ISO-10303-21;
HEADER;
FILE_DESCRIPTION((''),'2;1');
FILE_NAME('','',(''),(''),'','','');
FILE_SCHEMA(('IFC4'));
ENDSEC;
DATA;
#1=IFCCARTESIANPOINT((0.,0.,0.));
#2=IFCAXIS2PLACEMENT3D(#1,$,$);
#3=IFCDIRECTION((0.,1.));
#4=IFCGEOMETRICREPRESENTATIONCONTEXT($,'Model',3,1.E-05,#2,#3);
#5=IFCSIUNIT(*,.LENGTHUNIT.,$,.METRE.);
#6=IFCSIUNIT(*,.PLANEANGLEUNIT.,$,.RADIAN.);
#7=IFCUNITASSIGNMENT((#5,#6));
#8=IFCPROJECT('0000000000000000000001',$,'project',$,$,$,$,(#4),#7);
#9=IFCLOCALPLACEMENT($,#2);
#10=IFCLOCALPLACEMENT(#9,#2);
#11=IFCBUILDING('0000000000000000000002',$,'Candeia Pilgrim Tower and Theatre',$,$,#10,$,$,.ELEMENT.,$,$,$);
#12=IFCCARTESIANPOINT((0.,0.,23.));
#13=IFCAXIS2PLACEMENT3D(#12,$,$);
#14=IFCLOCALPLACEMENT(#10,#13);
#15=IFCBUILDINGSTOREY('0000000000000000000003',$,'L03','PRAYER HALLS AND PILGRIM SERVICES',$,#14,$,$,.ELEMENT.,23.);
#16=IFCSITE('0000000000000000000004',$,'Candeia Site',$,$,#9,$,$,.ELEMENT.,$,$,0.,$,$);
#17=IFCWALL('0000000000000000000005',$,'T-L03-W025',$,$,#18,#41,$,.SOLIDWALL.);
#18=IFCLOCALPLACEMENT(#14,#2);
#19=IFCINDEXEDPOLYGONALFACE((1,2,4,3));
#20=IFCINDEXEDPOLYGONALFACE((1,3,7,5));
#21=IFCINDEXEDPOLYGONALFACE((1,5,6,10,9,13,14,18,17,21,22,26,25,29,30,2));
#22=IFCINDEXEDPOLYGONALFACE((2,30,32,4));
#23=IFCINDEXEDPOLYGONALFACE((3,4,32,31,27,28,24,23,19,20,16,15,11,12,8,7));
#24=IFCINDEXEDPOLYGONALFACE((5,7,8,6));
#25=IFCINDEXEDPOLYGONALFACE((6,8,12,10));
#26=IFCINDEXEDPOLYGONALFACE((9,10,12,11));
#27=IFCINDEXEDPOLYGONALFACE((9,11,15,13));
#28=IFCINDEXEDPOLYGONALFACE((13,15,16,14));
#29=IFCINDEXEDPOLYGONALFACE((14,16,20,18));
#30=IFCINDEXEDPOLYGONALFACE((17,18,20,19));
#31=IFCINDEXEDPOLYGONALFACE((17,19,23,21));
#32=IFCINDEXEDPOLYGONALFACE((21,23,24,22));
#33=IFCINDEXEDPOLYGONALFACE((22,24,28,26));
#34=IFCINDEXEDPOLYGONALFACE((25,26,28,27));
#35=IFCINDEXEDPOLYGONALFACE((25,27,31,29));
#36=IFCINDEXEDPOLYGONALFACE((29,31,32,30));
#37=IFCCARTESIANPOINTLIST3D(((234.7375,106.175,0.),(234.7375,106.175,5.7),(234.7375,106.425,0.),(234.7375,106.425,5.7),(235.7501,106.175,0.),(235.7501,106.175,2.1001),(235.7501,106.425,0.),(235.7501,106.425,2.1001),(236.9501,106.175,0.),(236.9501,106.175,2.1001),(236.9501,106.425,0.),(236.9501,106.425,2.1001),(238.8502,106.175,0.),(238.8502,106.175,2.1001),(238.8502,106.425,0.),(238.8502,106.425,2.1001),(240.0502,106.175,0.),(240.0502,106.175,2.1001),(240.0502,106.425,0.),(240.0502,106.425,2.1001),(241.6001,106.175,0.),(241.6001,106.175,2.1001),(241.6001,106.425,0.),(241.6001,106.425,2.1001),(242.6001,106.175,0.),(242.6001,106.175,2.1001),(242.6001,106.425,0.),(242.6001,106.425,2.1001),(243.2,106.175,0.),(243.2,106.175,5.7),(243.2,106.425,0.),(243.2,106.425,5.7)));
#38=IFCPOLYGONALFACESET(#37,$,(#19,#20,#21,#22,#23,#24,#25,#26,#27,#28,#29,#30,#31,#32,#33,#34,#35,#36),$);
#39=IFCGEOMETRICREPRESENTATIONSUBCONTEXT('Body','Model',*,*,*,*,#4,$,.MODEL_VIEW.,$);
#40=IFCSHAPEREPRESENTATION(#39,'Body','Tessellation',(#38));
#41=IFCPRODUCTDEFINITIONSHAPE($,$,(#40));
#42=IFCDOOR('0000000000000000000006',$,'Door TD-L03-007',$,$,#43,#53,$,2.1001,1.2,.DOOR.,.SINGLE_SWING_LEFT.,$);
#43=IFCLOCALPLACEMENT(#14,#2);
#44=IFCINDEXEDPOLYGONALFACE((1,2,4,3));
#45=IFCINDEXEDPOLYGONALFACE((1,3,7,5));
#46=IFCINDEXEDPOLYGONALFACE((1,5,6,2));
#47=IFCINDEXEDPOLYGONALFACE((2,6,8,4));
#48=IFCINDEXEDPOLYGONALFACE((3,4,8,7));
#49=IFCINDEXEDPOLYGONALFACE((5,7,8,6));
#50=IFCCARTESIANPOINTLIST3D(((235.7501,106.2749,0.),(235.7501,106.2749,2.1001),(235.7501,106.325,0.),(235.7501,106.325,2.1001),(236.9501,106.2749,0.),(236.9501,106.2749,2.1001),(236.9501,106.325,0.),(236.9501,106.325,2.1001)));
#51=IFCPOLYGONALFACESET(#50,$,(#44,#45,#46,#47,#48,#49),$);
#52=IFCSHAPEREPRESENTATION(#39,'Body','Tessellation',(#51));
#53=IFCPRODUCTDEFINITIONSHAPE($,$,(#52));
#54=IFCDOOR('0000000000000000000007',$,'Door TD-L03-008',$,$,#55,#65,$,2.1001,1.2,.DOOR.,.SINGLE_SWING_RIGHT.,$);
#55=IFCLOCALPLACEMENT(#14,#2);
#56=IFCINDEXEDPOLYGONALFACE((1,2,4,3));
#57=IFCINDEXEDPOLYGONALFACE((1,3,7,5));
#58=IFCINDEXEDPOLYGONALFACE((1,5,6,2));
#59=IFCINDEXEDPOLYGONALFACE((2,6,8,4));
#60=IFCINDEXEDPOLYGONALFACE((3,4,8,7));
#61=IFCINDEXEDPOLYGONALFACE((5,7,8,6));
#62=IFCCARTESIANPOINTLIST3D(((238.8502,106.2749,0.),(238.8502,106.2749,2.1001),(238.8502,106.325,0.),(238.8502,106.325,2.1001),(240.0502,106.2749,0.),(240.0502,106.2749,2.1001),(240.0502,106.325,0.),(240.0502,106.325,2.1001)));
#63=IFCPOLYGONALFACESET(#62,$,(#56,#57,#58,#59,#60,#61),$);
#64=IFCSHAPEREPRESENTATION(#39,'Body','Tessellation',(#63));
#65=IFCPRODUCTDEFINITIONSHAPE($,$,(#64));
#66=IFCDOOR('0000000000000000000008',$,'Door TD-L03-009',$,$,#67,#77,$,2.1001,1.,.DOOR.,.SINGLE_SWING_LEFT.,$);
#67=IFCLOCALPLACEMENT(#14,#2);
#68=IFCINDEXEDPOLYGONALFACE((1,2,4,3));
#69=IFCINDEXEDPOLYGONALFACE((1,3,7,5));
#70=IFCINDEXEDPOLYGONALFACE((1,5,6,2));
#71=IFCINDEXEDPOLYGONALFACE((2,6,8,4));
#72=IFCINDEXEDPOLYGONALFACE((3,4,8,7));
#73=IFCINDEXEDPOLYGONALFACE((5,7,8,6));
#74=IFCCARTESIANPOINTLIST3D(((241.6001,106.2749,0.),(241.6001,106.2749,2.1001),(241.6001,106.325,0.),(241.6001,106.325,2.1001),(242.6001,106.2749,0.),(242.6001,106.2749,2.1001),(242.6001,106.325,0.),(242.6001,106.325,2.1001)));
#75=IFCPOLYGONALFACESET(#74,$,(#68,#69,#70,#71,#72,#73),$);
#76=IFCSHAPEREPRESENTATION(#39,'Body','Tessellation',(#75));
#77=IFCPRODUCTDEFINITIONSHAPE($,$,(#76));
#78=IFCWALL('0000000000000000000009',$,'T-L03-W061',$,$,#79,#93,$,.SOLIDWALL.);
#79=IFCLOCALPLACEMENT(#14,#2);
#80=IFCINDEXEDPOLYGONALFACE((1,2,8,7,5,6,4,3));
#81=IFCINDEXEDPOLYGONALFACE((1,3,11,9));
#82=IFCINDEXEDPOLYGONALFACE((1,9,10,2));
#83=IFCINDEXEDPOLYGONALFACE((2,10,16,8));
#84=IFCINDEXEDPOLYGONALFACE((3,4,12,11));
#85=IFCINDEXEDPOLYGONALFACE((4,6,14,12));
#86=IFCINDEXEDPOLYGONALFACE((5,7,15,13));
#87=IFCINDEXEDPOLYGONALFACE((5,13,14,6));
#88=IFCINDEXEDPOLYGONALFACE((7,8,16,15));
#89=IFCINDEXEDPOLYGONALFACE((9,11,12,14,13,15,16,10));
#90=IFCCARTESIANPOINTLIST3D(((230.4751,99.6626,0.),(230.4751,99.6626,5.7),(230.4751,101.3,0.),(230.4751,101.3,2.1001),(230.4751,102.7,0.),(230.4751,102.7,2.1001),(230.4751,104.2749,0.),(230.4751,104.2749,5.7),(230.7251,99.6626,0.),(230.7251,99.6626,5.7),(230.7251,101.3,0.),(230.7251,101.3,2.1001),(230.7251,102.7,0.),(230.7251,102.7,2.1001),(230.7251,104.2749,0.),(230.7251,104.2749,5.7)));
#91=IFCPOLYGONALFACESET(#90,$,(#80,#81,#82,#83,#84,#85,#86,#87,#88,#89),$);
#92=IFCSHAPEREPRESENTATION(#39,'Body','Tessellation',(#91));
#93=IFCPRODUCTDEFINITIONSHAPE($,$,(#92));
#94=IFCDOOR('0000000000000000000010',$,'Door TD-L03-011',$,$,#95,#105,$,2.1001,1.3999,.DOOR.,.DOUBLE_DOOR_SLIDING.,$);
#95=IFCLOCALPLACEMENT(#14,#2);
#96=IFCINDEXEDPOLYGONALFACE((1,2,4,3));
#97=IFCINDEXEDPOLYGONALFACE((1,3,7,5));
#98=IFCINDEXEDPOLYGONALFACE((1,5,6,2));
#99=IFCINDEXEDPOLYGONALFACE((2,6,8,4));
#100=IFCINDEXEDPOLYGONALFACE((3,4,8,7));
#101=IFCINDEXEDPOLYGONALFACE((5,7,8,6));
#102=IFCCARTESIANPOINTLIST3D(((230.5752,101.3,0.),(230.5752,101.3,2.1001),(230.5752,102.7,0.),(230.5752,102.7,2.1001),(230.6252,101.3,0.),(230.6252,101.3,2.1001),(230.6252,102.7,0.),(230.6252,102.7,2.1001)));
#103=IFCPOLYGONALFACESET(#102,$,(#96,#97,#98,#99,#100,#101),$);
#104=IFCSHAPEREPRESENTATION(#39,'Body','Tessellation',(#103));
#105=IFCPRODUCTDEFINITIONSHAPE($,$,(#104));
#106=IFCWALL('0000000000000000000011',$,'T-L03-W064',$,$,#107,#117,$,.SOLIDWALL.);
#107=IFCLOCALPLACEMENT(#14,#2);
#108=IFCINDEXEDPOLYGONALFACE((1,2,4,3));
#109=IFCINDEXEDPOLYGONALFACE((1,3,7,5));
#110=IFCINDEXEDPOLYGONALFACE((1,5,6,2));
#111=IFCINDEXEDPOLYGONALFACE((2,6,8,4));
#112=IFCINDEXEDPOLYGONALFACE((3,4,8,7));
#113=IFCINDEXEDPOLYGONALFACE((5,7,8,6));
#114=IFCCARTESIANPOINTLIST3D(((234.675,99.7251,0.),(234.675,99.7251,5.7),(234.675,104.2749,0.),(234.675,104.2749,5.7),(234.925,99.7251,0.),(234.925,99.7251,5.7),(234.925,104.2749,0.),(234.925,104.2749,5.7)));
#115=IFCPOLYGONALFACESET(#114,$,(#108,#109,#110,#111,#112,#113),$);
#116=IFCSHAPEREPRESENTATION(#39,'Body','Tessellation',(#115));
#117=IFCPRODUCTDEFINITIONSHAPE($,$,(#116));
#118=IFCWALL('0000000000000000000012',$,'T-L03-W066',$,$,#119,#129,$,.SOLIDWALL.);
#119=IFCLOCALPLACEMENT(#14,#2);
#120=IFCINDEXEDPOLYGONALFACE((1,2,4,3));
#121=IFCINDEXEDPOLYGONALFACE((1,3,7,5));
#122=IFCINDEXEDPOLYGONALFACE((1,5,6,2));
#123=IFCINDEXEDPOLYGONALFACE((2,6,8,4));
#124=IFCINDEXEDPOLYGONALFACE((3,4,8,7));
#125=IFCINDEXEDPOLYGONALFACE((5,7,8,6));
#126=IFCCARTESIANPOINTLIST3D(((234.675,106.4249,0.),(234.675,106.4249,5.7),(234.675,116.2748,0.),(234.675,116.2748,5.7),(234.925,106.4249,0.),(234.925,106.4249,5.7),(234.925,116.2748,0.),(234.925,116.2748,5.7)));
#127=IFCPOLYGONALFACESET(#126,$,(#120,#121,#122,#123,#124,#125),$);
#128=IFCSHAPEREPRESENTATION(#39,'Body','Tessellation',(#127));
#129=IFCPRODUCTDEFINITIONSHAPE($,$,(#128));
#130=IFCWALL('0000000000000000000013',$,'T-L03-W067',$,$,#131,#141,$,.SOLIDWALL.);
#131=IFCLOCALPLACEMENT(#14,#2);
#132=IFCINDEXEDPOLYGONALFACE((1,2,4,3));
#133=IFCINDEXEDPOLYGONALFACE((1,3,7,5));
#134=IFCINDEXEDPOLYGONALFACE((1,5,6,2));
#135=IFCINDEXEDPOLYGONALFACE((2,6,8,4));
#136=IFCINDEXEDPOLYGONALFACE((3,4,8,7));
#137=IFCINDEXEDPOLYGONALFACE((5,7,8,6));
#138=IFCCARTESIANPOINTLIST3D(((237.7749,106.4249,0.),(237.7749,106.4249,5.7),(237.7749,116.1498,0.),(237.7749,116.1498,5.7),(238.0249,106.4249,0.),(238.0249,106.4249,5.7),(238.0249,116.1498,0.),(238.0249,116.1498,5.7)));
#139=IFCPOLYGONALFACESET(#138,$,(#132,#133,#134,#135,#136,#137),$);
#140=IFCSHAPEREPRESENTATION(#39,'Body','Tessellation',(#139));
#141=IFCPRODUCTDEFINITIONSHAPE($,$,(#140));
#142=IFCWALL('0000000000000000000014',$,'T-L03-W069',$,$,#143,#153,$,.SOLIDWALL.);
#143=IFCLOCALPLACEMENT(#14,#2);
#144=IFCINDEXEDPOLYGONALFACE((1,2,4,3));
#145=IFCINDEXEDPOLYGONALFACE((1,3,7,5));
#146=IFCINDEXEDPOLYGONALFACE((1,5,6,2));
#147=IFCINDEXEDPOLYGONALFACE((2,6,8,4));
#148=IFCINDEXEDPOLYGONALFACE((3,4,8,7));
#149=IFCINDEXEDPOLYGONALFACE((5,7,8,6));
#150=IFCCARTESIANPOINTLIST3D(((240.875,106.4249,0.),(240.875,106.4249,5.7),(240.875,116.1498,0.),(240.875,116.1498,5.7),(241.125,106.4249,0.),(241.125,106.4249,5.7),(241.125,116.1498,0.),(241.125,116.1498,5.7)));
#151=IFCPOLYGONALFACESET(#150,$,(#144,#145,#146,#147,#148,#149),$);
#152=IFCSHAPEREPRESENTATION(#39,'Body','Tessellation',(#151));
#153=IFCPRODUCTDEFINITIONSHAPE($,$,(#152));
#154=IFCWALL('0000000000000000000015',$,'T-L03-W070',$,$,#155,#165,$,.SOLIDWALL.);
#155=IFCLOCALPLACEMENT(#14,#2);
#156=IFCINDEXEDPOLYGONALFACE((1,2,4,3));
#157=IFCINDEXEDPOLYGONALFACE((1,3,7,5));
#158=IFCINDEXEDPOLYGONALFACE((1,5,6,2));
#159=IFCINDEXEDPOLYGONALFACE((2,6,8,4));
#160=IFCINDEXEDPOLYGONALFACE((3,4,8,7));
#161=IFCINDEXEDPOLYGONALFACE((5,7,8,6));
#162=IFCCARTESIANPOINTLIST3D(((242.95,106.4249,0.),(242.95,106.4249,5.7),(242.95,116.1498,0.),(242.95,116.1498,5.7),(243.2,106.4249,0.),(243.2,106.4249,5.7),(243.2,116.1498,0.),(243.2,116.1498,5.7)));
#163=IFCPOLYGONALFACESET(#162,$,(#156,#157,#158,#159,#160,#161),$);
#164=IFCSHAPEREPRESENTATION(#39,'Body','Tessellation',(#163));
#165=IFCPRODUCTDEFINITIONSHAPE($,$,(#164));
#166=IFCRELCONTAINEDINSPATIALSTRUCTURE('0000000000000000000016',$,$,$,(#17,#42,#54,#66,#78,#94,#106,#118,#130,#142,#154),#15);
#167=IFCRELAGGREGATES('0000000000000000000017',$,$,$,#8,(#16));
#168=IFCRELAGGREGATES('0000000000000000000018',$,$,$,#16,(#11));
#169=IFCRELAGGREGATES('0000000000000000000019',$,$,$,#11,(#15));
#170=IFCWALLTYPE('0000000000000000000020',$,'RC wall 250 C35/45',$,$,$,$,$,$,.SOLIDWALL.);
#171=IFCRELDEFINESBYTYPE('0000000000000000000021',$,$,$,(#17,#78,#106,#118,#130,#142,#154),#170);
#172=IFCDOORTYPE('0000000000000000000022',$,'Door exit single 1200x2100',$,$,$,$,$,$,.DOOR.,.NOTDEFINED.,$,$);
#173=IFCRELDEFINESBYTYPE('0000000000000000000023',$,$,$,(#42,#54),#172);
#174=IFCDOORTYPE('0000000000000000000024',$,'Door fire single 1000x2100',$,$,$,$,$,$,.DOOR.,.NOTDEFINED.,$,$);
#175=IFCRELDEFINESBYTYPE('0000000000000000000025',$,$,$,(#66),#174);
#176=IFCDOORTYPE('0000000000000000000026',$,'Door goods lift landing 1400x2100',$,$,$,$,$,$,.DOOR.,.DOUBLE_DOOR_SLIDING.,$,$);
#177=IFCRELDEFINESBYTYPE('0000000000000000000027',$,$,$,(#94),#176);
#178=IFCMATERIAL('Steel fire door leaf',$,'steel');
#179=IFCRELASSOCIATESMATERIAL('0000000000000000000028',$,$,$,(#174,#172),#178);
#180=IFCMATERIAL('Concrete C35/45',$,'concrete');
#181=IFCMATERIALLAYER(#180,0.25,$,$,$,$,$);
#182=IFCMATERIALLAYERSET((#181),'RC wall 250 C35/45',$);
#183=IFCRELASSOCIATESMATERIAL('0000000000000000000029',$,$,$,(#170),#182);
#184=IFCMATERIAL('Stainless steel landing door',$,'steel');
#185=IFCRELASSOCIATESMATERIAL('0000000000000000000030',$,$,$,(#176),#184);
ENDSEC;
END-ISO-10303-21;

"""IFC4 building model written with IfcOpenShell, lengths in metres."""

from ifc_helpers import new_model, si_unit, direction, frame, frame_2d, origin, place, context, subcontext, project, spatial, rectangle, extrude, material, layer, layer_set, type_object, element, fill, save


model = new_model("IFC4")

# Units and contexts
model_context = context("Model", 3, precision=1e-05, world=origin(), true_north=direction((0.0, 1.0)))
body_context = subcontext(model_context, "Body", "Model", "MODEL_VIEW")
ifc_project = project(units=[si_unit("LENGTHUNIT", "METRE"), si_unit("PLANEANGLEUNIT", "RADIAN")], contexts=[model_context])

# Site, building, storey
site_placement = place(None, origin())
site = spatial("IfcSite", under=ifc_project, at=site_placement, Name="Candeia Site", CompositionType="ELEMENT", RefElevation=0.0)
building_placement = place(site_placement, origin())
building = spatial("IfcBuilding", under=site, at=building_placement, Name="Candeia Pilgrim Tower and Theatre", CompositionType="ELEMENT")
storey_placement = place(building_placement, frame((0.0, 0.0, 23.0)))
storey = spatial("IfcBuildingStorey", under=building, at=storey_placement, Name="L03", Description="PRAYER HALLS AND PILGRIM SERVICES", CompositionType="ELEMENT", Elevation=23.0)

# Shared definitions
ifc_material_1 = material(Name="Steel fire door leaf", Category="steel")
door_type_1 = type_object("IfcDoorType", Name="Door fire single 1000x2100", OperationType="NOTDEFINED", PredefinedType="DOOR", material=ifc_material_1)

# Shared definitions
ifc_material_2 = material(Name="Concrete C35/45", Category="concrete")
ifc_layer_1 = layer(ifc_material_2, 0.25)
ifc_layer_set_1 = layer_set([ifc_layer_1], Name="RC wall 250 C35/45")
wall_type_1 = type_object("IfcWallType", Name="RC wall 250 C35/45", PredefinedType="SOLIDWALL", material=ifc_layer_set_1)

# Wall, openings, doors
wall_1_placement = place(storey_placement, frame((234.7375, 106.3, 0.0), z_axis=(0.0, 0.0, 1.0), x_axis=(1.0, 0.0, 0.0)))
wall_1 = element("IfcWall", 1, at=wall_1_placement, inside=storey, type_object=wall_type_1, Name="T-L03-W025", PredefinedType="SOLIDWALL", context=body_context, shape_type="SweptSolid", body=[
    extrude(rectangle(XDim=8.4624, YDim=0.25, at=frame_2d((4.2312, 0.0))), origin(), (0.0, 0.0, 1.0), 5.7),
])
opening_1_placement = place(wall_1_placement, frame((1.0125, 0.0, 0.0)))
opening_1 = element("IfcOpeningElement", 2, at=opening_1_placement, cuts=wall_1, PredefinedType="OPENING", context=body_context, shape_type="SweptSolid", body=[
    extrude(rectangle(XDim=1.2, YDim=2.1001, at=frame_2d((0.6001, 1.05))), frame((0.0, 0.135, 0.0), z_axis=(0.0, -1.0, 0.0), x_axis=(1.0, 0.0, 0.0)), (0.0, 0.0, 1.0), 0.27),
])
opening_2_placement = place(wall_1_placement, frame((4.1125, 0.0, 0.0)))
opening_2 = element("IfcOpeningElement", 3, at=opening_2_placement, cuts=wall_1, PredefinedType="OPENING", context=body_context, shape_type="SweptSolid", body=[
    extrude(rectangle(XDim=1.2, YDim=2.1001, at=frame_2d((0.6001, 1.05))), frame((0.0, 0.135, 0.0), z_axis=(0.0, -1.0, 0.0), x_axis=(1.0, 0.0, 0.0)), (0.0, 0.0, 1.0), 0.27),
])
opening_3_placement = place(wall_1_placement, frame((6.8625, 0.0, 0.0)))
opening_3 = element("IfcOpeningElement", 4, at=opening_3_placement, cuts=wall_1, PredefinedType="OPENING", context=body_context, shape_type="SweptSolid", body=[
    extrude(rectangle(XDim=1.0, YDim=2.1001, at=frame_2d((0.5, 1.05))), frame((0.0, 0.135, 0.0), z_axis=(0.0, -1.0, 0.0), x_axis=(1.0, 0.0, 0.0)), (0.0, 0.0, 1.0), 0.27),
])
door_type_2 = type_object("IfcDoorType", Name="Door exit single 1200x2100", OperationType="NOTDEFINED", PredefinedType="DOOR", material=ifc_material_1)
door_1_placement = place(opening_1_placement, origin())
door_1 = element("IfcDoor", 5, at=door_1_placement, inside=storey, type_object=door_type_2, Name="Door TD-L03-007", OperationType="SINGLE_SWING_LEFT", OverallHeight=2.1001, OverallWidth=1.2, PredefinedType="DOOR", context=body_context, shape_type="SweptSolid", body=[
    extrude(rectangle(XDim=1.2, YDim=2.1001, at=frame_2d((0.6001, 1.05))), frame((0.0, 0.0249, 0.0), z_axis=(0.0, -1.0, 0.0), x_axis=(1.0, 0.0, 0.0)), (0.0, 0.0, 1.0), 0.05),
])
fill(opening_1, door_1)
door_2_placement = place(opening_2_placement, origin())
door_2 = element("IfcDoor", 6, at=door_2_placement, inside=storey, type_object=door_type_2, Name="Door TD-L03-008", OperationType="SINGLE_SWING_RIGHT", OverallHeight=2.1001, OverallWidth=1.2, PredefinedType="DOOR", context=body_context, shape_type="SweptSolid", body=[
    extrude(rectangle(XDim=1.2, YDim=2.1001, at=frame_2d((0.6001, 1.05))), frame((0.0, 0.0249, 0.0), z_axis=(0.0, -1.0, 0.0), x_axis=(1.0, 0.0, 0.0)), (0.0, 0.0, 1.0), 0.05),
])
fill(opening_2, door_2)
door_3_placement = place(opening_3_placement, origin())
door_3 = element("IfcDoor", 7, at=door_3_placement, inside=storey, type_object=door_type_1, Name="Door TD-L03-009", OperationType="SINGLE_SWING_LEFT", OverallHeight=2.1001, OverallWidth=1.0, PredefinedType="DOOR", context=body_context, shape_type="SweptSolid", body=[
    extrude(rectangle(XDim=1.0, YDim=2.1001, at=frame_2d((0.5, 1.05))), frame((0.0, 0.0249, 0.0), z_axis=(0.0, -1.0, 0.0), x_axis=(1.0, 0.0, 0.0)), (0.0, 0.0, 1.0), 0.05),
])
fill(opening_3, door_3)

# Wall, opening, door
wall_2_placement = place(storey_placement, frame((230.6001, 99.6626, 0.0), z_axis=(0.0, 0.0, 1.0), x_axis=(0.0, 1.0, 0.0)))
wall_2 = element("IfcWall", 8, at=wall_2_placement, inside=storey, type_object=wall_type_1, Name="T-L03-W061", PredefinedType="SOLIDWALL", context=body_context, shape_type="SweptSolid", body=[
    extrude(rectangle(XDim=4.6123, YDim=0.25, at=frame_2d((2.3062, 0.0))), origin(), (0.0, 0.0, 1.0), 5.7),
])
opening_4_placement = place(wall_2_placement, frame((1.6375, 0.0, 0.0)))
opening_4 = element("IfcOpeningElement", 9, at=opening_4_placement, cuts=wall_2, PredefinedType="OPENING", context=body_context, shape_type="SweptSolid", body=[
    extrude(rectangle(XDim=1.3999, YDim=2.1001, at=frame_2d((0.7, 1.05))), frame((0.0, 0.135, 0.0), z_axis=(0.0, -1.0, 0.0), x_axis=(1.0, 0.0, 0.0)), (0.0, 0.0, 1.0), 0.27),
])
ifc_material_3 = material(Name="Stainless steel landing door", Category="steel")
door_type_3 = type_object("IfcDoorType", Name="Door goods lift landing 1400x2100", OperationType="DOUBLE_DOOR_SLIDING", PredefinedType="DOOR", material=ifc_material_3)
door_4_placement = place(opening_4_placement, origin())
door_4 = element("IfcDoor", 10, at=door_4_placement, inside=storey, type_object=door_type_3, Name="Door TD-L03-011", OperationType="DOUBLE_DOOR_SLIDING", OverallHeight=2.1001, OverallWidth=1.3999, PredefinedType="DOOR", context=body_context, shape_type="SweptSolid", body=[
    extrude(rectangle(XDim=1.3999, YDim=2.1001, at=frame_2d((0.7, 1.05))), frame((0.0, 0.0249, 0.0), z_axis=(0.0, -1.0, 0.0), x_axis=(1.0, 0.0, 0.0)), (0.0, 0.0, 1.0), 0.05),
])
fill(opening_4, door_4)

# Walls
wall_3_placement = place(storey_placement, frame((234.8, 99.7251, 0.0), z_axis=(0.0, 0.0, 1.0), x_axis=(0.0, 1.0, 0.0)))
element("IfcWall", 11, at=wall_3_placement, inside=storey, type_object=wall_type_1, Name="T-L03-W064", PredefinedType="SOLIDWALL", context=body_context, shape_type="SweptSolid", body=[
    extrude(rectangle(XDim=4.5498, YDim=0.25, at=frame_2d((2.2749, 0.0))), origin(), (0.0, 0.0, 1.0), 5.7),
])
wall_4_placement = place(storey_placement, frame((234.8, 106.425, 0.0), z_axis=(0.0, 0.0, 1.0), x_axis=(0.0, 1.0, 0.0)))
element("IfcWall", 12, at=wall_4_placement, inside=storey, type_object=wall_type_1, Name="T-L03-W066", PredefinedType="SOLIDWALL", context=body_context, shape_type="SweptSolid", body=[
    extrude(rectangle(XDim=9.8499, YDim=0.25, at=frame_2d((4.9248, 0.0))), origin(), (0.0, 0.0, 1.0), 5.7),
])
for number, where, z_axis, x_axis, name in (
    (13, (237.8999, 106.425, 0.0), (0.0, 0.0, 1.0), (0.0, 1.0, 0.0), "T-L03-W067"),
    (14, (241.0, 106.425, 0.0), (0.0, 0.0, 1.0), (0.0, 1.0, 0.0), "T-L03-W069"),
    (15, (243.075, 106.425, 0.0), (0.0, 0.0, 1.0), (0.0, 1.0, 0.0), "T-L03-W070"),
):
    element("IfcWall", number, at=place(storey_placement, frame(where, z_axis=z_axis, x_axis=x_axis)), inside=storey, type_object=wall_type_1, Name=name, PredefinedType="SOLIDWALL", context=body_context, shape_type="SweptSolid", body=[
        extrude(rectangle(XDim=9.7249, YDim=0.25, at=frame_2d((4.8623, 0.0))), origin(), (0.0, 0.0, 1.0), 5.7),
    ])

save(model, "model.ifc")
